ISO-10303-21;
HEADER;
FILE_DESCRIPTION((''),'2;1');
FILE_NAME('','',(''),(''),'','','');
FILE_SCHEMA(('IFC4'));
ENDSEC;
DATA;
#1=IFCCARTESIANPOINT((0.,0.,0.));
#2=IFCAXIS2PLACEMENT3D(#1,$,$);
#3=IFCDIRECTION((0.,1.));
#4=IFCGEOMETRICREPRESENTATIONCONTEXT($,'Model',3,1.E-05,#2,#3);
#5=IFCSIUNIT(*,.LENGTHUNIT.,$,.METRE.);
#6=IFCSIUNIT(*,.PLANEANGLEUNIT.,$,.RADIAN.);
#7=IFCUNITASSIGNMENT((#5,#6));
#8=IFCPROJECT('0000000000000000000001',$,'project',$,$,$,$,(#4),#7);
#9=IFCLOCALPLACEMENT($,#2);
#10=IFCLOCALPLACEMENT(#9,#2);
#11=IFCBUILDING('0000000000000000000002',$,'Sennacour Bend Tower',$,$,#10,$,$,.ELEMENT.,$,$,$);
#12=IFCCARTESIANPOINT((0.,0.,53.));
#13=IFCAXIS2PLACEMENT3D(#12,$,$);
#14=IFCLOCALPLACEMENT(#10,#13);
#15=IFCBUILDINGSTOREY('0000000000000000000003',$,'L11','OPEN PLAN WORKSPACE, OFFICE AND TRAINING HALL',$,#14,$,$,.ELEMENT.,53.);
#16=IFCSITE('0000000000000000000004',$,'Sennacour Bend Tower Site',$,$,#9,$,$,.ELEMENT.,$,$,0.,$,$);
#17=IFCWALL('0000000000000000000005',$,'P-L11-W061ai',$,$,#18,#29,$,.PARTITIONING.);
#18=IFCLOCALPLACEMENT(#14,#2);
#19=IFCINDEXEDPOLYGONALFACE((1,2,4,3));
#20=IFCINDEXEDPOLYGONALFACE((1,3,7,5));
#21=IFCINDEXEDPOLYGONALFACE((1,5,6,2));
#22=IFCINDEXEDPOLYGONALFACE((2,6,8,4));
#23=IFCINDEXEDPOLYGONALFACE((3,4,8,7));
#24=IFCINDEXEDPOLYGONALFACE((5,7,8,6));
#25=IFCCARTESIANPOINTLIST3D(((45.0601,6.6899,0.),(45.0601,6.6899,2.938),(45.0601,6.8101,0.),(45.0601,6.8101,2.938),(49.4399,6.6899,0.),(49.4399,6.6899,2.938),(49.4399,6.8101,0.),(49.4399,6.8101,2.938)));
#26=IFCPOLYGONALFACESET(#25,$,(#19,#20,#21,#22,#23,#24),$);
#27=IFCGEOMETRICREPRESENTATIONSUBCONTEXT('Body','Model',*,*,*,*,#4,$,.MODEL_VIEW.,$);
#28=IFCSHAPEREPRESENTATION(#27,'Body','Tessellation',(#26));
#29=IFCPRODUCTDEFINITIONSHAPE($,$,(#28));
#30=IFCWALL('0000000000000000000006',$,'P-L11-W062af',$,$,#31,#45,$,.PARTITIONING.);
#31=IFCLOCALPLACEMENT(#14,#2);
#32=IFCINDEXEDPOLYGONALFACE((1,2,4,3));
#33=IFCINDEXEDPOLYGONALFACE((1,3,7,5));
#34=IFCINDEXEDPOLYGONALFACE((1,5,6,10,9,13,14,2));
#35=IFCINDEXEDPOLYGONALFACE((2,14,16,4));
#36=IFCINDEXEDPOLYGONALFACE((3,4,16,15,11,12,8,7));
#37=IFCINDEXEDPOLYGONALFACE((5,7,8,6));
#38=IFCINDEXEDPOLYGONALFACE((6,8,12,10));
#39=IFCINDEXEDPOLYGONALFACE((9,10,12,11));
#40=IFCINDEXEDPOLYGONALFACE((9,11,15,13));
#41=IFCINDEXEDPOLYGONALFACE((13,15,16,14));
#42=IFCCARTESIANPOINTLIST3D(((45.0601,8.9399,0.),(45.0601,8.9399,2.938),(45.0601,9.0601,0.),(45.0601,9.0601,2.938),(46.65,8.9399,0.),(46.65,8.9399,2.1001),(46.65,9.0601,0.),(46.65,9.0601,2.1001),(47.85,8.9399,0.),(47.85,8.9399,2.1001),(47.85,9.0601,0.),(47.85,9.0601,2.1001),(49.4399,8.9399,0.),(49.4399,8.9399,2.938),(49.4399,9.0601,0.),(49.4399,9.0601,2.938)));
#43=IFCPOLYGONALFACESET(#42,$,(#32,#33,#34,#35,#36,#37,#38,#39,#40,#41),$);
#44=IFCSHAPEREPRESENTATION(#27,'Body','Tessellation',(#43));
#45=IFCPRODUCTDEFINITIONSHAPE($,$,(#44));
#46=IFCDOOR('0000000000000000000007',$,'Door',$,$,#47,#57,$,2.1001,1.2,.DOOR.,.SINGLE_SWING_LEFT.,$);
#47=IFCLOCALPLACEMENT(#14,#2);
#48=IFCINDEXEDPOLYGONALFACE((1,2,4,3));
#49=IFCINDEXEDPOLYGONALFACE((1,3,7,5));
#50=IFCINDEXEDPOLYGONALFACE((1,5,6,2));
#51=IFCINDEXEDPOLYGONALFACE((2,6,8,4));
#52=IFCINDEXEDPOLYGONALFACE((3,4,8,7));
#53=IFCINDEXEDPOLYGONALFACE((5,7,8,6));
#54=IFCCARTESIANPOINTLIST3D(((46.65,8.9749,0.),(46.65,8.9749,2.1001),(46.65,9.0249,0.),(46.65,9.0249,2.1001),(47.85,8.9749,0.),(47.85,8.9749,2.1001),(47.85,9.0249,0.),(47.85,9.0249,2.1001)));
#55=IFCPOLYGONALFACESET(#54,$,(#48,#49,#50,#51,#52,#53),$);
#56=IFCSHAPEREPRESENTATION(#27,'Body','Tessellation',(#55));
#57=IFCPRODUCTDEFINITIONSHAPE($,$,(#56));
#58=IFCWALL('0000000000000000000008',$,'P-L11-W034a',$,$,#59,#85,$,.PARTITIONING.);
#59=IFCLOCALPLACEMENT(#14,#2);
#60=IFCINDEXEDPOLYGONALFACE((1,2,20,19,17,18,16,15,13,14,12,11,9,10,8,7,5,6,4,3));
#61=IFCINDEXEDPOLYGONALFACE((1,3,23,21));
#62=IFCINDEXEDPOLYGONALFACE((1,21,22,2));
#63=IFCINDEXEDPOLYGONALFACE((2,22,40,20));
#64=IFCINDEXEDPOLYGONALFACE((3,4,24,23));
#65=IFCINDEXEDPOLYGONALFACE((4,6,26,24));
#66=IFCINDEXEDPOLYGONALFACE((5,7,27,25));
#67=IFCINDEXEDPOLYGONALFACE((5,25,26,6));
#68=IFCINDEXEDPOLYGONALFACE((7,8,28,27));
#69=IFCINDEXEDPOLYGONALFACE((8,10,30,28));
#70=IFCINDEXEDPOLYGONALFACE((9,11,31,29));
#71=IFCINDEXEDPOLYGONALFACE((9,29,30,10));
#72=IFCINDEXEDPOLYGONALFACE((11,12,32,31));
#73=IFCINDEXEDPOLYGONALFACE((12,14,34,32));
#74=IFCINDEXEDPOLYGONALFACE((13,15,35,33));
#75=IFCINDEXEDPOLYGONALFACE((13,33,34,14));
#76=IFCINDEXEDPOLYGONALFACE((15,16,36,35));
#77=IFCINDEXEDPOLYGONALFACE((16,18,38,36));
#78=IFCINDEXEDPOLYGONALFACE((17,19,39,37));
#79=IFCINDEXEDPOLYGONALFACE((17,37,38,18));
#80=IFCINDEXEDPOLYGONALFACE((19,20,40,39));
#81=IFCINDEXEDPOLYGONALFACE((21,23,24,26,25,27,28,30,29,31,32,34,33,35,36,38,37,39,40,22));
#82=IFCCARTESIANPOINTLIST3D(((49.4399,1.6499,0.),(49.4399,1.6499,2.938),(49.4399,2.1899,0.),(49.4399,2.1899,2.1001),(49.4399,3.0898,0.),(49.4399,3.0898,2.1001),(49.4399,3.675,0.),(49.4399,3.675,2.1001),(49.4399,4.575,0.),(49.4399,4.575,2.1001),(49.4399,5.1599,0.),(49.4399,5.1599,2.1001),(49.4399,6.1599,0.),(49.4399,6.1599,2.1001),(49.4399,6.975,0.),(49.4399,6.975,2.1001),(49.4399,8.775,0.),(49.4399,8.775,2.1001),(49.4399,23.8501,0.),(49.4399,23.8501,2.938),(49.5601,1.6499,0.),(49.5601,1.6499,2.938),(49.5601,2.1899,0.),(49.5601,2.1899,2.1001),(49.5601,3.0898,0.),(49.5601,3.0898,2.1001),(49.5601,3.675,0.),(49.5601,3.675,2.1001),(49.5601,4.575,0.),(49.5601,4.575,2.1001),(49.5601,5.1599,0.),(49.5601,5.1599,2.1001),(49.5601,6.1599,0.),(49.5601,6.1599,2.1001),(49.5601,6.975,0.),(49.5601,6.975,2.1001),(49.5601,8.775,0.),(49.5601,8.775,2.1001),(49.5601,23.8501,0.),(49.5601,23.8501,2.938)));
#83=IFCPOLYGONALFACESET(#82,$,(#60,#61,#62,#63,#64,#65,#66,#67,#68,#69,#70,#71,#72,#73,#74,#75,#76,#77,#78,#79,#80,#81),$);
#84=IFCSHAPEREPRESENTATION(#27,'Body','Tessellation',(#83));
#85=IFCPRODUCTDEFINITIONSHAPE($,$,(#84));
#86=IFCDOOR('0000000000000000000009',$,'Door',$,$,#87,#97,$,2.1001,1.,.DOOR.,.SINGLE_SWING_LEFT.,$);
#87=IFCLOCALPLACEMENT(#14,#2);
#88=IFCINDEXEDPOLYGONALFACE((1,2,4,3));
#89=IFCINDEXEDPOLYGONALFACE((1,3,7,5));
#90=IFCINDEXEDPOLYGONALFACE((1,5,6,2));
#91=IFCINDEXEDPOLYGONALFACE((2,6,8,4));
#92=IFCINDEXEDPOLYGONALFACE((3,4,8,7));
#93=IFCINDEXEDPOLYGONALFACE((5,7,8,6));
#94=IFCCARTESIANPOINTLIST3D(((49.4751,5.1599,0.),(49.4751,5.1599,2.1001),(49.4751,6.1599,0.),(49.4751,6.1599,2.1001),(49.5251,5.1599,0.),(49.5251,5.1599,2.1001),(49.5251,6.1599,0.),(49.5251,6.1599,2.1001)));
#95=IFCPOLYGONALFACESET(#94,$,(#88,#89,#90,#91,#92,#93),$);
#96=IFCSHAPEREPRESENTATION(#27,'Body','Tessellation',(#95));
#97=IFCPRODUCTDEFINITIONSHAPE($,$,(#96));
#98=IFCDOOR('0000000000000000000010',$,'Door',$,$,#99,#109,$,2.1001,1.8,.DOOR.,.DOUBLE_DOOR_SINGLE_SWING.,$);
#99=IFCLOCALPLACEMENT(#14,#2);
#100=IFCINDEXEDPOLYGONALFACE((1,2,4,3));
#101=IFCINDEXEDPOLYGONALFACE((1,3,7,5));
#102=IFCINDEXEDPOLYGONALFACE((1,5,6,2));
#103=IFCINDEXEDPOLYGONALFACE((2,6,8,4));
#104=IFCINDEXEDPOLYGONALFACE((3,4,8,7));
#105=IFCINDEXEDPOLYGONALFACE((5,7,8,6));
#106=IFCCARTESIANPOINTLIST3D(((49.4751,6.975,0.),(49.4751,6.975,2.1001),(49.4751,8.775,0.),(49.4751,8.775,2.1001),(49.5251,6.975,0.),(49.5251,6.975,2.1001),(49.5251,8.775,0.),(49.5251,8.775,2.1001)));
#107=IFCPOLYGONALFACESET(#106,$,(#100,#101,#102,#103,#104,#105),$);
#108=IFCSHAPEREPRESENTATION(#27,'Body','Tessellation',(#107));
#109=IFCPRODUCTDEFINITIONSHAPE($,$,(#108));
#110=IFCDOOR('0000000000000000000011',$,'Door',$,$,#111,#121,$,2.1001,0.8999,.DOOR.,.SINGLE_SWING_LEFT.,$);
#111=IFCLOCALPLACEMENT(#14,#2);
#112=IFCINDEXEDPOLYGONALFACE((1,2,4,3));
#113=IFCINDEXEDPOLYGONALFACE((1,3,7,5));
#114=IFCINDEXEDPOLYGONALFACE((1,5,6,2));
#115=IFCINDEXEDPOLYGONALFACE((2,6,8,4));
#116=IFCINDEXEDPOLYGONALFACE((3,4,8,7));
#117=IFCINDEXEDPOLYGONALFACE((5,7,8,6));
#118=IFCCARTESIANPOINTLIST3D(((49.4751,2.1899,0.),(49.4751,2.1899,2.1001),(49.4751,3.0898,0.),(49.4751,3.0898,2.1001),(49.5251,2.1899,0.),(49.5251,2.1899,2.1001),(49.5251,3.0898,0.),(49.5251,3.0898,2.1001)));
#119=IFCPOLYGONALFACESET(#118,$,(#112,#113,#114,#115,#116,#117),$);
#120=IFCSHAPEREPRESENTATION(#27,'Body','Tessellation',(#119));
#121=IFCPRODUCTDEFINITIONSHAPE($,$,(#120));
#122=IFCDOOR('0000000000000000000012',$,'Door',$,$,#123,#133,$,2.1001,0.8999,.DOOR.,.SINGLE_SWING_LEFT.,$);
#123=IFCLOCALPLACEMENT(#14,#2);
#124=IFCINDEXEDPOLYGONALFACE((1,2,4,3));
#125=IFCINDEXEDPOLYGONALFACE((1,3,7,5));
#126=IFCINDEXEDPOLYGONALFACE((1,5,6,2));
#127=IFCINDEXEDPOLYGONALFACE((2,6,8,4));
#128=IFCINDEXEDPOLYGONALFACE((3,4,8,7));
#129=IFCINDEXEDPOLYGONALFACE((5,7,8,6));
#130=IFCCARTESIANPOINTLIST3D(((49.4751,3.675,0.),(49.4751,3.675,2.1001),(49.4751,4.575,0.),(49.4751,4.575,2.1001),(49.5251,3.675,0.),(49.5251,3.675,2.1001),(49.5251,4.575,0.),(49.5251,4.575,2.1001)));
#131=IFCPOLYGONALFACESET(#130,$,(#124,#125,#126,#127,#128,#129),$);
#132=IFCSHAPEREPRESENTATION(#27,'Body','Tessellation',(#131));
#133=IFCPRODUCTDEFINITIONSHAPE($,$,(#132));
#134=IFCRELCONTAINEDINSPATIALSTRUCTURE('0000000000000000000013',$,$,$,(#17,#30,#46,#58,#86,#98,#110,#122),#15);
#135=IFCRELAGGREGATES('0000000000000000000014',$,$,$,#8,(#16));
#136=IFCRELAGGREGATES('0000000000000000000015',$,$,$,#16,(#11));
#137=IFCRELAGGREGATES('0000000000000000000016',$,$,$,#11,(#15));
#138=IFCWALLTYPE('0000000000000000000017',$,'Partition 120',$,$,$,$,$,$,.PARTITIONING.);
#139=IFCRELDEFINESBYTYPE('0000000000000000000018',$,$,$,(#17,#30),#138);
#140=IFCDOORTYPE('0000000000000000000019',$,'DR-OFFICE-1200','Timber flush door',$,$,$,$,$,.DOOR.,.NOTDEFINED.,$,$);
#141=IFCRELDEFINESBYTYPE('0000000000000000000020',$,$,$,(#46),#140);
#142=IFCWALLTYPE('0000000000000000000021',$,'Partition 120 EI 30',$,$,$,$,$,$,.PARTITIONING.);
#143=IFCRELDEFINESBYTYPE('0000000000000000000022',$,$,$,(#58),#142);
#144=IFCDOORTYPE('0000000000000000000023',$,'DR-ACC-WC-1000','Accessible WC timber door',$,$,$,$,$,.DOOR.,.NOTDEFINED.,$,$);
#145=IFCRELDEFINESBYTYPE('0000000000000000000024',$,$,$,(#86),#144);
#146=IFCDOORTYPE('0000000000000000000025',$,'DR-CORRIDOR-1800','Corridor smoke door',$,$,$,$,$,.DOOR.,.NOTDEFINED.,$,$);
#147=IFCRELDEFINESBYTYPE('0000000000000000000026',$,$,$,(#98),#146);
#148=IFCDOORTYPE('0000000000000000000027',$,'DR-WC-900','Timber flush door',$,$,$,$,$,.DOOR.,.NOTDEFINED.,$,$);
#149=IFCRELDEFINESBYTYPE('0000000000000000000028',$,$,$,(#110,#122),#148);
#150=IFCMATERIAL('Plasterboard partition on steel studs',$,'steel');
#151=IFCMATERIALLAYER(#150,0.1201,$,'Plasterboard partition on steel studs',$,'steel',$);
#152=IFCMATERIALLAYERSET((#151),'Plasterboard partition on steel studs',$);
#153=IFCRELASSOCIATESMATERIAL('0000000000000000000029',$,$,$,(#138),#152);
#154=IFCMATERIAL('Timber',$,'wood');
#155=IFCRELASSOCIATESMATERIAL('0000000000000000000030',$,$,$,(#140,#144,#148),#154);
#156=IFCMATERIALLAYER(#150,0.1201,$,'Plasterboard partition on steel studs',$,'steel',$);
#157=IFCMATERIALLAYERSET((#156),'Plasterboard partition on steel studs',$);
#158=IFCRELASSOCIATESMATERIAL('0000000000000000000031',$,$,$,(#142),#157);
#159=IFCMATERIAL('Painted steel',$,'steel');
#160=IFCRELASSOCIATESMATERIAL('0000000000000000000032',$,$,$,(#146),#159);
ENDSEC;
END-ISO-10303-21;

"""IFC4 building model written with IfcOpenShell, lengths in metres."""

from ifc_helpers import new_model, si_unit, direction, frame, frame_2d, origin, place, context, subcontext, project, spatial, rectangle, extrude, material, layer, layer_set, type_object, element, fill, save


model = new_model("IFC4")

# Units and contexts
model_context = context("Model", 3, precision=1e-05, world=origin(), true_north=direction((0.0, 1.0)))
body_context = subcontext(model_context, "Body", "Model", "MODEL_VIEW")
ifc_project = project(units=[si_unit("LENGTHUNIT", "METRE"), si_unit("PLANEANGLEUNIT", "RADIAN")], contexts=[model_context])

# Site, building, storey
site_placement = place(None, origin())
site = spatial("IfcSite", under=ifc_project, at=site_placement, Name="Sennacour Bend Tower Site", CompositionType="ELEMENT", RefElevation=0.0)
building_placement = place(site_placement, origin())
building = spatial("IfcBuilding", under=site, at=building_placement, Name="Sennacour Bend Tower", CompositionType="ELEMENT")
storey_placement = place(building_placement, frame((0.0, 0.0, 53.0)))
storey = spatial("IfcBuildingStorey", under=building, at=storey_placement, Name="L11", Description="OPEN PLAN WORKSPACE, OFFICE AND TRAINING HALL", CompositionType="ELEMENT", Elevation=53.0)

# Wall
ifc_material_1 = material(Name="Plasterboard partition on steel studs", Category="steel")
ifc_layer_1 = layer(ifc_material_1, 0.1201, Name="Plasterboard partition on steel studs", Category="steel")
ifc_layer_set_1 = layer_set([ifc_layer_1], Name="Plasterboard partition on steel studs")
wall_type_1 = type_object("IfcWallType", Name="Partition 120", PredefinedType="PARTITIONING", material=ifc_layer_set_1)
for number, where, z_axis, x_axis, name in (
    (1, (45.0601, 6.75, 0.0), (0.0, 0.0, 1.0), (1.0, 0.0, 0.0), "P-L11-W061ai"),
):
    element("IfcWall", number, at=place(storey_placement, frame(where, z_axis=z_axis, x_axis=x_axis)), inside=storey, type_object=wall_type_1, Name=name, PredefinedType="PARTITIONING", context=body_context, shape_type="SweptSolid", body=[
        extrude(rectangle(XDim=4.3799, YDim=0.1201, at=frame_2d((2.1899, 0.0))), origin(), (0.0, 0.0, 1.0), 2.938),
    ])

# Wall, opening, door
wall_1_placement = place(storey_placement, frame((45.0601, 9.0, 0.0), z_axis=(0.0, 0.0, 1.0), x_axis=(1.0, 0.0, 0.0)))
wall_1 = element("IfcWall", 2, at=wall_1_placement, inside=storey, type_object=wall_type_1, Name="P-L11-W062af", PredefinedType="PARTITIONING", context=body_context, shape_type="SweptSolid", body=[
    extrude(rectangle(XDim=4.3799, YDim=0.1201, at=frame_2d((2.1899, 0.0))), origin(), (0.0, 0.0, 1.0), 2.938),
])
opening_1_placement = place(wall_1_placement, frame((1.5898, 0.0, 0.0)))
opening_1 = element("IfcOpeningElement", 3, at=opening_1_placement, cuts=wall_1, PredefinedType="OPENING", context=body_context, shape_type="SweptSolid", body=[
    extrude(rectangle(XDim=1.2, YDim=2.1001, at=frame_2d((0.6001, 1.05))), frame((0.0, 0.0701, 0.0), z_axis=(0.0, -1.0, 0.0), x_axis=(1.0, 0.0, 0.0)), (0.0, 0.0, 1.0), 0.1401),
])
ifc_material_2 = material(Name="Timber", Category="wood")
door_type_1 = type_object("IfcDoorType", Name="DR-OFFICE-1200", Description="Timber flush door", OperationType="NOTDEFINED", PredefinedType="DOOR", material=ifc_material_2)
door_1_placement = place(opening_1_placement, origin())
door_1 = element("IfcDoor", 4, at=door_1_placement, inside=storey, type_object=door_type_1, Name="Door", OperationType="SINGLE_SWING_LEFT", OverallHeight=2.1001, OverallWidth=1.2, PredefinedType="DOOR", context=body_context, shape_type="SweptSolid", body=[
    extrude(rectangle(XDim=1.2, YDim=2.1001, at=frame_2d((0.6001, 1.05))), frame((0.0, 0.0249, 0.0), z_axis=(0.0, -1.0, 0.0), x_axis=(1.0, 0.0, 0.0)), (0.0, 0.0, 1.0), 0.05),
])
fill(opening_1, door_1)

# Wall, openings, doors
ifc_layer_2 = layer(ifc_material_1, 0.1201, Name="Plasterboard partition on steel studs", Category="steel")
ifc_layer_set_2 = layer_set([ifc_layer_2], Name="Plasterboard partition on steel studs")
wall_type_2 = type_object("IfcWallType", Name="Partition 120 EI 30", PredefinedType="PARTITIONING", material=ifc_layer_set_2)
wall_2_placement = place(storey_placement, frame((49.5, 1.6499, 0.0), z_axis=(0.0, 0.0, 1.0), x_axis=(0.0, 1.0, 0.0)))
wall_2 = element("IfcWall", 5, at=wall_2_placement, inside=storey, type_object=wall_type_2, Name="P-L11-W034a", PredefinedType="PARTITIONING", context=body_context, shape_type="SweptSolid", body=[
    extrude(rectangle(XDim=22.2002, YDim=0.1201, at=frame_2d((11.1001, 0.0))), origin(), (0.0, 0.0, 1.0), 2.938),
])
opening_2_placement = place(wall_2_placement, frame((5.3252, 0.0, 0.0)))
opening_2 = element("IfcOpeningElement", 6, at=opening_2_placement, cuts=wall_2, PredefinedType="OPENING", context=body_context, shape_type="SweptSolid", body=[
    extrude(rectangle(XDim=1.8, YDim=2.1001, at=frame_2d((0.8999, 1.05))), frame((0.0, 0.0701, 0.0), z_axis=(0.0, -1.0, 0.0), x_axis=(1.0, 0.0, 0.0)), (0.0, 0.0, 1.0), 0.1401),
])
opening_3_placement = place(wall_2_placement, frame((0.54, 0.0, 0.0)))
opening_3 = element("IfcOpeningElement", 7, at=opening_3_placement, cuts=wall_2, PredefinedType="OPENING", context=body_context, shape_type="SweptSolid", body=[
    extrude(rectangle(XDim=0.8999, YDim=2.1001, at=frame_2d((0.45, 1.05))), frame((0.0, 0.0701, 0.0), z_axis=(0.0, -1.0, 0.0), x_axis=(1.0, 0.0, 0.0)), (0.0, 0.0, 1.0), 0.1401),
])
opening_4_placement = place(wall_2_placement, frame((2.0251, 0.0, 0.0)))
opening_4 = element("IfcOpeningElement", 8, at=opening_4_placement, cuts=wall_2, PredefinedType="OPENING", context=body_context, shape_type="SweptSolid", body=[
    extrude(rectangle(XDim=0.8999, YDim=2.1001, at=frame_2d((0.45, 1.05))), frame((0.0, 0.0701, 0.0), z_axis=(0.0, -1.0, 0.0), x_axis=(1.0, 0.0, 0.0)), (0.0, 0.0, 1.0), 0.1401),
])
opening_5_placement = place(wall_2_placement, frame((3.51, 0.0, 0.0)))
opening_5 = element("IfcOpeningElement", 9, at=opening_5_placement, cuts=wall_2, PredefinedType="OPENING", context=body_context, shape_type="SweptSolid", body=[
    extrude(rectangle(XDim=1.0, YDim=2.1001, at=frame_2d((0.5, 1.05))), frame((0.0, 0.0701, 0.0), z_axis=(0.0, -1.0, 0.0), x_axis=(1.0, 0.0, 0.0)), (0.0, 0.0, 1.0), 0.1401),
])
door_type_2 = type_object("IfcDoorType", Name="DR-ACC-WC-1000", Description="Accessible WC timber door", OperationType="NOTDEFINED", PredefinedType="DOOR", material=ifc_material_2)
door_2_placement = place(opening_5_placement, origin())
door_2 = element("IfcDoor", 10, at=door_2_placement, inside=storey, type_object=door_type_2, Name="Door", OperationType="SINGLE_SWING_LEFT", OverallHeight=2.1001, OverallWidth=1.0, PredefinedType="DOOR", context=body_context, shape_type="SweptSolid", body=[
    extrude(rectangle(XDim=1.0, YDim=2.1001, at=frame_2d((0.5, 1.05))), frame((0.0, 0.0249, 0.0), z_axis=(0.0, -1.0, 0.0), x_axis=(1.0, 0.0, 0.0)), (0.0, 0.0, 1.0), 0.05),
])
fill(opening_5, door_2)
ifc_material_3 = material(Name="Painted steel", Category="steel")
door_type_3 = type_object("IfcDoorType", Name="DR-CORRIDOR-1800", Description="Corridor smoke door", OperationType="NOTDEFINED", PredefinedType="DOOR", material=ifc_material_3)
door_3_placement = place(opening_2_placement, origin())
door_3 = element("IfcDoor", 11, at=door_3_placement, inside=storey, type_object=door_type_3, Name="Door", OperationType="DOUBLE_DOOR_SINGLE_SWING", OverallHeight=2.1001, OverallWidth=1.8, PredefinedType="DOOR", context=body_context, shape_type="SweptSolid", body=[
    extrude(rectangle(XDim=1.8, YDim=2.1001, at=frame_2d((0.8999, 1.05))), frame((0.0, 0.0249, 0.0), z_axis=(0.0, -1.0, 0.0), x_axis=(1.0, 0.0, 0.0)), (0.0, 0.0, 1.0), 0.05),
])
fill(opening_2, door_3)
door_type_4 = type_object("IfcDoorType", Name="DR-WC-900", Description="Timber flush door", OperationType="NOTDEFINED", PredefinedType="DOOR", material=ifc_material_2)
door_4_placement = place(opening_3_placement, origin())
door_4 = element("IfcDoor", 12, at=door_4_placement, inside=storey, type_object=door_type_4, Name="Door", OperationType="SINGLE_SWING_LEFT", OverallHeight=2.1001, OverallWidth=0.8999, PredefinedType="DOOR", context=body_context, shape_type="SweptSolid", body=[
    extrude(rectangle(XDim=0.8999, YDim=2.1001, at=frame_2d((0.45, 1.05))), frame((0.0, 0.0249, 0.0), z_axis=(0.0, -1.0, 0.0), x_axis=(1.0, 0.0, 0.0)), (0.0, 0.0, 1.0), 0.05),
])
fill(opening_3, door_4)
door_5_placement = place(opening_4_placement, origin())
door_5 = element("IfcDoor", 13, at=door_5_placement, inside=storey, type_object=door_type_4, Name="Door", OperationType="SINGLE_SWING_LEFT", OverallHeight=2.1001, OverallWidth=0.8999, PredefinedType="DOOR", context=body_context, shape_type="SweptSolid", body=[
    extrude(rectangle(XDim=0.8999, YDim=2.1001, at=frame_2d((0.45, 1.05))), frame((0.0, 0.0249, 0.0), z_axis=(0.0, -1.0, 0.0), x_axis=(1.0, 0.0, 0.0)), (0.0, 0.0, 1.0), 0.05),
])
fill(opening_4, door_5)

save(model, "model.ifc")
